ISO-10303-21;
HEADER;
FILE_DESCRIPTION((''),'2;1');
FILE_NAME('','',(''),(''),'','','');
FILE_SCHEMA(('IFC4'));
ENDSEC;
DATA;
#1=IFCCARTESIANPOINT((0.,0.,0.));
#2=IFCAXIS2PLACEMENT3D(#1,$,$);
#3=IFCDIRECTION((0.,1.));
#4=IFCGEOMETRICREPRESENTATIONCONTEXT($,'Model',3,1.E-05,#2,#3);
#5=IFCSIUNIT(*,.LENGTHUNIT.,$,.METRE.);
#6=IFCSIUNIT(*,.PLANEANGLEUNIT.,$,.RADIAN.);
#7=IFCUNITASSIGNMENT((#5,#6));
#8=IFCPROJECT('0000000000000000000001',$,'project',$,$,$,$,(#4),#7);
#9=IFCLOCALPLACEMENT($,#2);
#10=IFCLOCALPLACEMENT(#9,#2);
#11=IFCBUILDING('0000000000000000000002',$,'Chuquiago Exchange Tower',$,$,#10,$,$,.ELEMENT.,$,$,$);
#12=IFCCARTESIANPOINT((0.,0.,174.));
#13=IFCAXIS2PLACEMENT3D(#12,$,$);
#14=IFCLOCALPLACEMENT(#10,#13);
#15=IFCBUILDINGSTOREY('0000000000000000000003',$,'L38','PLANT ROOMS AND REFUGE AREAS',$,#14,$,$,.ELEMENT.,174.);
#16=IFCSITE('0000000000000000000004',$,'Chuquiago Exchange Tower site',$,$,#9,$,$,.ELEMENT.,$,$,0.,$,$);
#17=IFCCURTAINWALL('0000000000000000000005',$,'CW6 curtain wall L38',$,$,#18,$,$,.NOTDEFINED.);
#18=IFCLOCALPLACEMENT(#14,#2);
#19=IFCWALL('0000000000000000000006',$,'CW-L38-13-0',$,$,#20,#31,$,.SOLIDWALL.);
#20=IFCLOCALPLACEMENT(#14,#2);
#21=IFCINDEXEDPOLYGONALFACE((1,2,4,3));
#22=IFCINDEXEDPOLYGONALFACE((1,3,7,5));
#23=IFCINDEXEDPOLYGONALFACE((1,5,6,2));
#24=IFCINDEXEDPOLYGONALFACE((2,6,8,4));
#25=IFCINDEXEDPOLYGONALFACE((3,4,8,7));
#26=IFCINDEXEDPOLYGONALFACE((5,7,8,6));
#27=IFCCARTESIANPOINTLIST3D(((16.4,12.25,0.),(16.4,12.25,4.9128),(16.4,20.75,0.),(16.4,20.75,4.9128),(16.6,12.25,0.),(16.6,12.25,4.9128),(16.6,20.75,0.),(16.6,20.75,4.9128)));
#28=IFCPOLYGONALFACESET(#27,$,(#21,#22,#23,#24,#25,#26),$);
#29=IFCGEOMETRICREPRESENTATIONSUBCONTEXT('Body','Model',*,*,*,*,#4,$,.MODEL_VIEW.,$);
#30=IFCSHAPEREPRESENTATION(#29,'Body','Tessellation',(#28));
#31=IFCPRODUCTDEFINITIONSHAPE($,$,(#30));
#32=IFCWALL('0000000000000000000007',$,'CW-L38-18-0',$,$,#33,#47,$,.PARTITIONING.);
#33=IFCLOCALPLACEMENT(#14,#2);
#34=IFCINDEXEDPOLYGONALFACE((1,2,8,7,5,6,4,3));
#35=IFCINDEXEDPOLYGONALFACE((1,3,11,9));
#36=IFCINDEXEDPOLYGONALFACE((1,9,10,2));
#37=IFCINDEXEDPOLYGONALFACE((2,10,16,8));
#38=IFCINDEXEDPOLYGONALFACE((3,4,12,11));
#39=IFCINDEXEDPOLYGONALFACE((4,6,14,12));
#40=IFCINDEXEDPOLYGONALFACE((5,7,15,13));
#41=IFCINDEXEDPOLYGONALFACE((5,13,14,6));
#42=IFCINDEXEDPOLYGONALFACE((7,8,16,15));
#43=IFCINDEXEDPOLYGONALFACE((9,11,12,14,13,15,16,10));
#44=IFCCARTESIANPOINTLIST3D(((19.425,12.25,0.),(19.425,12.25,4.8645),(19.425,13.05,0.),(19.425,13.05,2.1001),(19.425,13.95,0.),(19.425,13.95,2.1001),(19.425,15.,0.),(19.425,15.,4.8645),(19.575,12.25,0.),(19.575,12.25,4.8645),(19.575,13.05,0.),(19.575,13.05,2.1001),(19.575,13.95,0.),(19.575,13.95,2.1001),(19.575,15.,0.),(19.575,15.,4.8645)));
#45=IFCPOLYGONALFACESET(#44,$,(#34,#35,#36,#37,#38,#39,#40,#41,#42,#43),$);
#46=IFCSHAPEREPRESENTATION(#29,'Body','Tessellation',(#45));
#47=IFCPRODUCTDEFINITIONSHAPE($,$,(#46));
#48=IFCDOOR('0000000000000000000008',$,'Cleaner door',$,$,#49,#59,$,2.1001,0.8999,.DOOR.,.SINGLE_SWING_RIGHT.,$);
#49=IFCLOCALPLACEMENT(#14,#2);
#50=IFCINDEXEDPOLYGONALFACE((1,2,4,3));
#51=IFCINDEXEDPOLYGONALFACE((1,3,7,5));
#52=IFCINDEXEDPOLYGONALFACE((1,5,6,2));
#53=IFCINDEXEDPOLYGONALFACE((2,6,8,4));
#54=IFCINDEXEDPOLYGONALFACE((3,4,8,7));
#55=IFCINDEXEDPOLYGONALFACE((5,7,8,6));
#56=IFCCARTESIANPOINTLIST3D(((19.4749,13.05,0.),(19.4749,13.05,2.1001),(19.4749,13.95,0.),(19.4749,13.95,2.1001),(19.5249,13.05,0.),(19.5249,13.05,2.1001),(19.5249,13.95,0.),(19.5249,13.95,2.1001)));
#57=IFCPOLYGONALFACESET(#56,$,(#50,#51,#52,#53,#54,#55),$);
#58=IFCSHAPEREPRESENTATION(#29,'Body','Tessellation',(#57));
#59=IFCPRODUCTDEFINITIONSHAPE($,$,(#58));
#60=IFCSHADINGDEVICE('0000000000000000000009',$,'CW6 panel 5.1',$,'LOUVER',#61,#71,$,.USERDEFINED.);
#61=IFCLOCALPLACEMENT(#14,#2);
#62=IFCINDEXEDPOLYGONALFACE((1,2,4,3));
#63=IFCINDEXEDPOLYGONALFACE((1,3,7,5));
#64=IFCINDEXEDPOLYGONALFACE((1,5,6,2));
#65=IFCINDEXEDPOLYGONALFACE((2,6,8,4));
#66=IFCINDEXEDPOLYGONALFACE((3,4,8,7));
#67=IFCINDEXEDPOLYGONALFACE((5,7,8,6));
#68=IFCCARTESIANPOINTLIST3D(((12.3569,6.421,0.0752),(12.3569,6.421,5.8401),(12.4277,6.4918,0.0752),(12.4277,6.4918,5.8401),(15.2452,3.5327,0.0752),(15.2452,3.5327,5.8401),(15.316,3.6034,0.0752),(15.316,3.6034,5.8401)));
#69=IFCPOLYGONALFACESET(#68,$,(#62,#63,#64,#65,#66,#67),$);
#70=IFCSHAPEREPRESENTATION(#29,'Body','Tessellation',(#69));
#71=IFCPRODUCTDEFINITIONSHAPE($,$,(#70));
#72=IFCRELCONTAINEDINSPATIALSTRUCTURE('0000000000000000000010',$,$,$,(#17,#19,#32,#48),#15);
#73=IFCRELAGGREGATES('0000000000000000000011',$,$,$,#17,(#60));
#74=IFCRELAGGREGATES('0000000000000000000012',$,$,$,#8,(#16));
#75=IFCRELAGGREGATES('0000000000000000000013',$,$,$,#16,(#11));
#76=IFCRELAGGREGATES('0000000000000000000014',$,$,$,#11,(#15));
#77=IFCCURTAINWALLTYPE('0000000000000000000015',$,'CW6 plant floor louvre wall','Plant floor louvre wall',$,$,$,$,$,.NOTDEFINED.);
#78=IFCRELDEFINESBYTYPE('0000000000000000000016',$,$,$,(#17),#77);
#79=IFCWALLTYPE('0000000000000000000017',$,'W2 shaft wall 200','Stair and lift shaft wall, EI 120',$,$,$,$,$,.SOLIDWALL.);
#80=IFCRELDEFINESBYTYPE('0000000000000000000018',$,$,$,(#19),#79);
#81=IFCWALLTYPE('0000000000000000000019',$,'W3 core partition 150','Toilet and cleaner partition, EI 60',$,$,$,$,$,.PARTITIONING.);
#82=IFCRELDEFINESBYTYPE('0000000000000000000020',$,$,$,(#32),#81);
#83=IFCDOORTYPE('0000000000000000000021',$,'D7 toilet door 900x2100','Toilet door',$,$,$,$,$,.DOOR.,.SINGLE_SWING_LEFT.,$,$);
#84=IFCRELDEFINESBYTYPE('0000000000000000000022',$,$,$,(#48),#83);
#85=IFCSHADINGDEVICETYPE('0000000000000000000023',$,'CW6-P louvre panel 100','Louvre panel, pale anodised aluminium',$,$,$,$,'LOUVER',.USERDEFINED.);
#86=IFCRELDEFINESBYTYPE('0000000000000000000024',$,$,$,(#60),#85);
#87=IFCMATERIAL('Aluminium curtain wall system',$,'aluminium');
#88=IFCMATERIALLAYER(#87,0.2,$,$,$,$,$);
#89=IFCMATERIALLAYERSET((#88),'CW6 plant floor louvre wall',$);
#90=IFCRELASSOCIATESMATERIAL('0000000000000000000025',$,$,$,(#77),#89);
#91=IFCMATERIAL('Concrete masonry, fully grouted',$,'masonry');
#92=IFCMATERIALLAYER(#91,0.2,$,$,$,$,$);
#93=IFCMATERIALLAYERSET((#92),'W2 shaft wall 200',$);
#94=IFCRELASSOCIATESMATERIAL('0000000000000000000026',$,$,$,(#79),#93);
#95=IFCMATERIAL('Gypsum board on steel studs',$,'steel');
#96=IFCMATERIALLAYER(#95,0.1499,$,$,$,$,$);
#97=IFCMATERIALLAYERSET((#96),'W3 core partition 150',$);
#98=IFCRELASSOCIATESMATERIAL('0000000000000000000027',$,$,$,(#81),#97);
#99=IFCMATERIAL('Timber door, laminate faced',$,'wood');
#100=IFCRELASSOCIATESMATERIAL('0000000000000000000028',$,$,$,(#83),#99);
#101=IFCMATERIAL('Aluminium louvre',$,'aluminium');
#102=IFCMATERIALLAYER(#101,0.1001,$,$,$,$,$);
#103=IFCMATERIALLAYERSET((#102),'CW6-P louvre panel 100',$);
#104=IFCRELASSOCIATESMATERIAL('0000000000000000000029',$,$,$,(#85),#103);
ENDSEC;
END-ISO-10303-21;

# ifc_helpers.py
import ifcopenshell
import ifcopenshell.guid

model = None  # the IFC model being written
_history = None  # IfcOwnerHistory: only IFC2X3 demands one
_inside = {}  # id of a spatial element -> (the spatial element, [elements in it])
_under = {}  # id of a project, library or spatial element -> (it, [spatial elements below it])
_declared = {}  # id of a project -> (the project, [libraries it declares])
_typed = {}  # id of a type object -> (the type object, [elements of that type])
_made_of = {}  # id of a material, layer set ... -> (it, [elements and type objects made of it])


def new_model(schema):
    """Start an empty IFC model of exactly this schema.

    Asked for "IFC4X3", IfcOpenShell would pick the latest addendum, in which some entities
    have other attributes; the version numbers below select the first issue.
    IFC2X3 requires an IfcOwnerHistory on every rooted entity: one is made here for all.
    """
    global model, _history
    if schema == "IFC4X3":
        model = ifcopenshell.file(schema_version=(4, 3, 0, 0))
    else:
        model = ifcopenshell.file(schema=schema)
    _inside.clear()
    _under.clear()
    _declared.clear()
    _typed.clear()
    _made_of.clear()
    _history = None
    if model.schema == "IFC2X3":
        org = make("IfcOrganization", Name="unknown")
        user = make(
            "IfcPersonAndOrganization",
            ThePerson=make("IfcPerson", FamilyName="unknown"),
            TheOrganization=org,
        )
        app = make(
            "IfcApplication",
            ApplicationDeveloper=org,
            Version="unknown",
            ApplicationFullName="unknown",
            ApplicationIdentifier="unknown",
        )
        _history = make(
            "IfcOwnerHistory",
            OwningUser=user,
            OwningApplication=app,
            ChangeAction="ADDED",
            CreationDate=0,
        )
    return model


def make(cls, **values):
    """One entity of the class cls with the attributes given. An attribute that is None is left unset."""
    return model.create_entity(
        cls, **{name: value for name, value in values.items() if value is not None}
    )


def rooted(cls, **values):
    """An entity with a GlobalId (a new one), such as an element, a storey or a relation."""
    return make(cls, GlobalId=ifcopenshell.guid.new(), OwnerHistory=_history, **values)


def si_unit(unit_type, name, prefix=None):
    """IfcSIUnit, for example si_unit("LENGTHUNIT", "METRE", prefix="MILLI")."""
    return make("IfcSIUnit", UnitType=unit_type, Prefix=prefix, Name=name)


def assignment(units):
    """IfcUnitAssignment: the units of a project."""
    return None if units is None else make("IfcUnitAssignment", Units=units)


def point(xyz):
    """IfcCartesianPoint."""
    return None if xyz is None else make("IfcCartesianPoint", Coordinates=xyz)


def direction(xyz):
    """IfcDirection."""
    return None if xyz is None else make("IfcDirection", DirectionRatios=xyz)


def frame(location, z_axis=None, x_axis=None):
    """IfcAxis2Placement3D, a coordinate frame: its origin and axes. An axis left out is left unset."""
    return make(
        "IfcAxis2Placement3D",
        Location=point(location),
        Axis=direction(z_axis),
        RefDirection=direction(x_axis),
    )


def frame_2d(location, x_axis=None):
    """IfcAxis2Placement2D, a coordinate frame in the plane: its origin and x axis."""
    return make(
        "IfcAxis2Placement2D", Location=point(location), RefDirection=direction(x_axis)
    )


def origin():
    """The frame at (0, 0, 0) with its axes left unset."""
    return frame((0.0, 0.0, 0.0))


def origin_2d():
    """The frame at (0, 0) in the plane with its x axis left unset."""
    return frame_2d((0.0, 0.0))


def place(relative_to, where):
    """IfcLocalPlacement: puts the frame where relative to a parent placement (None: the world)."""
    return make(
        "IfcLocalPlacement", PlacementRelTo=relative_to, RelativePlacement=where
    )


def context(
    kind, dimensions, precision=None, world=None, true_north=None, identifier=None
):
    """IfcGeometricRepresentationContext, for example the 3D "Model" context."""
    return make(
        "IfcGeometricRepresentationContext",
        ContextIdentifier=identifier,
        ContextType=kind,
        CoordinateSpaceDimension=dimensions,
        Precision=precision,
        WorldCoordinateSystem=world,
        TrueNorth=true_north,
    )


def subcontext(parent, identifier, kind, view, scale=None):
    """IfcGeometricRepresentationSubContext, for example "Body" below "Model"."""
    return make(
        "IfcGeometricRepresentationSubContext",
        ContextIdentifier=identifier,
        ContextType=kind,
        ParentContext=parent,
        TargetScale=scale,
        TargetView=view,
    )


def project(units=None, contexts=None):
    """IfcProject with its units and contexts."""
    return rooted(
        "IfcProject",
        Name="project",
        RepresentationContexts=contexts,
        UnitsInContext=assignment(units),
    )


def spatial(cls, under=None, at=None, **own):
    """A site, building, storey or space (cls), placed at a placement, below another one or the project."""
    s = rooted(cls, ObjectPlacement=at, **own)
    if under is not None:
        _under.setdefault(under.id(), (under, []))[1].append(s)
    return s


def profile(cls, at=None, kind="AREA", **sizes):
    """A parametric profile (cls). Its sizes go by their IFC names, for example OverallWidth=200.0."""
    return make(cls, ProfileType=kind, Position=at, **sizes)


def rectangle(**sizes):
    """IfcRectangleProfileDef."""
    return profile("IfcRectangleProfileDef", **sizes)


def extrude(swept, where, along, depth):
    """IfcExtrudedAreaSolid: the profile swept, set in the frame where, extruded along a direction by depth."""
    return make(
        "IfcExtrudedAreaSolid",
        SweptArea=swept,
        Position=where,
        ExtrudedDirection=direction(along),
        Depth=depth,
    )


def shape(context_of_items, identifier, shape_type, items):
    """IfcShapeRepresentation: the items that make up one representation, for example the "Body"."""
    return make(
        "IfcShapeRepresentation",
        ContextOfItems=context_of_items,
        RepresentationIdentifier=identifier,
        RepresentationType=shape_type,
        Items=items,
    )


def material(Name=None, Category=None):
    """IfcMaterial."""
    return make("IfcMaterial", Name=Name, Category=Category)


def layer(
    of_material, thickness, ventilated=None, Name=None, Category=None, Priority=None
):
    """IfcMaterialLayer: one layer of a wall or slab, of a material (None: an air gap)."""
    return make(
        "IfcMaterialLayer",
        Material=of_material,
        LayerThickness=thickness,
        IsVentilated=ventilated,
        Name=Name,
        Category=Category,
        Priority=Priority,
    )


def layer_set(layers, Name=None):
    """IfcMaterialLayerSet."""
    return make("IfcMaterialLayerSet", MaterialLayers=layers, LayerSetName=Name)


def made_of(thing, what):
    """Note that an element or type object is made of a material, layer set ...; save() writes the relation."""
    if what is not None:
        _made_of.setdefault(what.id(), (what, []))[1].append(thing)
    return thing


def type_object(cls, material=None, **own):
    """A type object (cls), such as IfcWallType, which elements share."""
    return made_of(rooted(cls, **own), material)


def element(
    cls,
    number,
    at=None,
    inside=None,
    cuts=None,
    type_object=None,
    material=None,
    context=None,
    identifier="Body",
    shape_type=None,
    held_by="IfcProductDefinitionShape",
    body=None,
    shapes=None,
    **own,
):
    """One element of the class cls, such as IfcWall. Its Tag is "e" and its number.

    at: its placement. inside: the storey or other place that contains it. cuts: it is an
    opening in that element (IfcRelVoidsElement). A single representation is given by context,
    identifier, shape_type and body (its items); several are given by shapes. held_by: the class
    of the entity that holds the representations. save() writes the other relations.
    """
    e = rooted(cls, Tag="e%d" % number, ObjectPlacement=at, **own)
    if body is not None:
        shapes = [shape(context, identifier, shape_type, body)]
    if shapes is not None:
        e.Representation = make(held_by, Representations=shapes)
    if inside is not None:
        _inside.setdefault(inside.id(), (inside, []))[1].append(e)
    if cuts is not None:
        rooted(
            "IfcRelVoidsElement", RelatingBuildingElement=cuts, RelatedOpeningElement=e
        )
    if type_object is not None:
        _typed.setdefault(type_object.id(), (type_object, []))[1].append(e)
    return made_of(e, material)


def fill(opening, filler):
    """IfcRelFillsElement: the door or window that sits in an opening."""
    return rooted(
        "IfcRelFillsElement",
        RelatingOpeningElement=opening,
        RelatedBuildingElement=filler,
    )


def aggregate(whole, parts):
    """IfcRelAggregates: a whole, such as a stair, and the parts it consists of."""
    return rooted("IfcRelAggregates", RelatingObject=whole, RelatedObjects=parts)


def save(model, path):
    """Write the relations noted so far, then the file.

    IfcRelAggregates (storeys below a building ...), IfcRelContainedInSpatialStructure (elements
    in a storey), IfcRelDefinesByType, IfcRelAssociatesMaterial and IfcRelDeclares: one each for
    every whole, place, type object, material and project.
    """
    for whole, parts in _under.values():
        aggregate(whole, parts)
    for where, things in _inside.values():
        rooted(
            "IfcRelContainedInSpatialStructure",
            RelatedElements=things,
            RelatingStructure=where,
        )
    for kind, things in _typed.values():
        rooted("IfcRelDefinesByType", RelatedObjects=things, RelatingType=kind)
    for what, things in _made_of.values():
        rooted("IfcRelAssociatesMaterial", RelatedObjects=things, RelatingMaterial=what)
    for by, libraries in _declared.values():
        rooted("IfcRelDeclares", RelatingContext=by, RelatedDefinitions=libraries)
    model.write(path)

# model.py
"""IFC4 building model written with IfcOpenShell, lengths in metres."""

from ifc_helpers import new_model, si_unit, direction, frame, frame_2d, origin, origin_2d, place, context, subcontext, project, spatial, rectangle, extrude, material, layer, layer_set, type_object, element, fill, aggregate, save


model = new_model("IFC4")

# Units and contexts
model_context = context("Model", 3, precision=1e-05, world=origin(), true_north=direction((0.0, 1.0)))
body_context = subcontext(model_context, "Body", "Model", "MODEL_VIEW")
ifc_project = project(units=[si_unit("LENGTHUNIT", "METRE"), si_unit("PLANEANGLEUNIT", "RADIAN")], contexts=[model_context])

# Site, building, storey
site_placement = place(None, origin())
site = spatial("IfcSite", under=ifc_project, at=site_placement, Name="Chuquiago Exchange Tower site", CompositionType="ELEMENT", RefElevation=0.0)
building_placement = place(site_placement, origin())
building = spatial("IfcBuilding", under=site, at=building_placement, Name="Chuquiago Exchange Tower", CompositionType="ELEMENT")
storey_placement = place(building_placement, frame((0.0, 0.0, 174.0)))
storey = spatial("IfcBuildingStorey", under=building, at=storey_placement, Name="L38", Description="PLANT ROOMS AND REFUGE AREAS", CompositionType="ELEMENT", Elevation=174.0)

# Curtain wall
ifc_material_1 = material(Name="Aluminium curtain wall system", Category="aluminium")
ifc_layer_1 = layer(ifc_material_1, 0.2)
ifc_layer_set_1 = layer_set([ifc_layer_1], Name="CW6 plant floor louvre wall")
curtain_wall_type = type_object("IfcCurtainWallType", Name="CW6 plant floor louvre wall", Description="Plant floor louvre wall", PredefinedType="NOTDEFINED", material=ifc_layer_set_1)
curtain_wall_placement = place(storey_placement, origin())
curtain_wall = element("IfcCurtainWall", 1, at=curtain_wall_placement, inside=storey, type_object=curtain_wall_type, Name="CW6 curtain wall L38", PredefinedType="NOTDEFINED")

# Wall
ifc_material_2 = material(Name="Concrete masonry, fully grouted", Category="masonry")
ifc_layer_2 = layer(ifc_material_2, 0.2)
ifc_layer_set_2 = layer_set([ifc_layer_2], Name="W2 shaft wall 200")
wall_type_1 = type_object("IfcWallType", Name="W2 shaft wall 200", Description="Stair and lift shaft wall, EI 120", PredefinedType="SOLIDWALL", material=ifc_layer_set_2)
wall_1_placement = place(storey_placement, frame((16.5, 12.25, 0.0), z_axis=(0.0, 0.0, 1.0), x_axis=(0.0, 1.0, 0.0)))
element("IfcWall", 2, at=wall_1_placement, inside=storey, type_object=wall_type_1, Name="CW-L38-13-0", PredefinedType="SOLIDWALL", context=body_context, shape_type="SweptSolid", body=[
    extrude(rectangle(XDim=8.5, YDim=0.2, at=frame_2d((4.25, 0.0))), origin(), (0.0, 0.0, 1.0), 4.9128),
])

# Wall, opening, door
ifc_material_3 = material(Name="Gypsum board on steel studs", Category="steel")
ifc_layer_3 = layer(ifc_material_3, 0.1499)
ifc_layer_set_3 = layer_set([ifc_layer_3], Name="W3 core partition 150")
wall_type_2 = type_object("IfcWallType", Name="W3 core partition 150", Description="Toilet and cleaner partition, EI 60", PredefinedType="PARTITIONING", material=ifc_layer_set_3)
wall_2_placement = place(storey_placement, frame((19.5, 12.25, 0.0), z_axis=(0.0, 0.0, 1.0), x_axis=(0.0, 1.0, 0.0)))
wall_2 = element("IfcWall", 3, at=wall_2_placement, inside=storey, type_object=wall_type_2, Name="CW-L38-18-0", PredefinedType="PARTITIONING", context=body_context, shape_type="SweptSolid", body=[
    extrude(rectangle(XDim=2.75, YDim=0.1499, at=frame_2d((1.375, 0.0))), origin(), (0.0, 0.0, 1.0), 4.8645),
])
opening_1_placement = place(wall_2_placement, frame((0.8, 0.0, 0.0)))
opening_1 = element("IfcOpeningElement", 4, at=opening_1_placement, cuts=wall_2, PredefinedType="OPENING", context=body_context, shape_type="SweptSolid", body=[
    extrude(rectangle(XDim=0.8999, YDim=2.1001, at=frame_2d((0.45, 1.05))), frame((0.0, 0.085, 0.0), z_axis=(0.0, -1.0, 0.0), x_axis=(1.0, 0.0, 0.0)), (0.0, 0.0, 1.0), 0.1699),
])
ifc_material_4 = material(Name="Timber door, laminate faced", Category="wood")
door_type_1 = type_object("IfcDoorType", Name="D7 toilet door 900x2100", Description="Toilet door", OperationType="SINGLE_SWING_LEFT", PredefinedType="DOOR", material=ifc_material_4)
door_1_placement = place(opening_1_placement, frame((0.8999, 0.0, 0.0), z_axis=(0.0, 0.0, 1.0), x_axis=(-1.0, 0.0, 0.0)))
door_1 = element("IfcDoor", 5, at=door_1_placement, inside=storey, type_object=door_type_1, Name="Cleaner door", OperationType="SINGLE_SWING_RIGHT", OverallHeight=2.1001, OverallWidth=0.8999, PredefinedType="DOOR", context=body_context, shape_type="SweptSolid", body=[
    extrude(rectangle(XDim=0.8999, YDim=2.1001, at=frame_2d((0.45, 1.05))), frame((0.0, 0.0249, 0.0), z_axis=(0.0, -1.0, 0.0), x_axis=(1.0, 0.0, 0.0)), (0.0, 0.0, 1.0), 0.05),
])
fill(opening_1, door_1)

# Shading device
ifc_material_5 = material(Name="Aluminium louvre", Category="aluminium")
ifc_layer_4 = layer(ifc_material_5, 0.1001)
ifc_layer_set_4 = layer_set([ifc_layer_4], Name="CW6-P louvre panel 100")
shading_device_type = type_object("IfcShadingDeviceType", Name="CW6-P louvre panel 100", Description="Louvre panel, pale anodised aluminium", ElementType="LOUVER", PredefinedType="USERDEFINED", material=ifc_layer_set_4)
shading_device_placement = place(storey_placement, frame((13.8364, 5.0122, 0.0752), z_axis=(0.0, 0.0, 1.0), x_axis=(0.707107, -0.707107, 0.0)))
shading_device = element("IfcShadingDevice", 6, at=shading_device_placement, type_object=shading_device_type, Name="CW6 panel 5.1", ObjectType="LOUVER", PredefinedType="USERDEFINED", context=body_context, shape_type="SweptSolid", body=[
    extrude(rectangle(XDim=4.0847, YDim=0.1001, at=origin_2d()), origin(), (0.0, 0.0, 1.0), 5.7649),
])
aggregate(curtain_wall, [shading_device])

save(model, "model.ifc")
